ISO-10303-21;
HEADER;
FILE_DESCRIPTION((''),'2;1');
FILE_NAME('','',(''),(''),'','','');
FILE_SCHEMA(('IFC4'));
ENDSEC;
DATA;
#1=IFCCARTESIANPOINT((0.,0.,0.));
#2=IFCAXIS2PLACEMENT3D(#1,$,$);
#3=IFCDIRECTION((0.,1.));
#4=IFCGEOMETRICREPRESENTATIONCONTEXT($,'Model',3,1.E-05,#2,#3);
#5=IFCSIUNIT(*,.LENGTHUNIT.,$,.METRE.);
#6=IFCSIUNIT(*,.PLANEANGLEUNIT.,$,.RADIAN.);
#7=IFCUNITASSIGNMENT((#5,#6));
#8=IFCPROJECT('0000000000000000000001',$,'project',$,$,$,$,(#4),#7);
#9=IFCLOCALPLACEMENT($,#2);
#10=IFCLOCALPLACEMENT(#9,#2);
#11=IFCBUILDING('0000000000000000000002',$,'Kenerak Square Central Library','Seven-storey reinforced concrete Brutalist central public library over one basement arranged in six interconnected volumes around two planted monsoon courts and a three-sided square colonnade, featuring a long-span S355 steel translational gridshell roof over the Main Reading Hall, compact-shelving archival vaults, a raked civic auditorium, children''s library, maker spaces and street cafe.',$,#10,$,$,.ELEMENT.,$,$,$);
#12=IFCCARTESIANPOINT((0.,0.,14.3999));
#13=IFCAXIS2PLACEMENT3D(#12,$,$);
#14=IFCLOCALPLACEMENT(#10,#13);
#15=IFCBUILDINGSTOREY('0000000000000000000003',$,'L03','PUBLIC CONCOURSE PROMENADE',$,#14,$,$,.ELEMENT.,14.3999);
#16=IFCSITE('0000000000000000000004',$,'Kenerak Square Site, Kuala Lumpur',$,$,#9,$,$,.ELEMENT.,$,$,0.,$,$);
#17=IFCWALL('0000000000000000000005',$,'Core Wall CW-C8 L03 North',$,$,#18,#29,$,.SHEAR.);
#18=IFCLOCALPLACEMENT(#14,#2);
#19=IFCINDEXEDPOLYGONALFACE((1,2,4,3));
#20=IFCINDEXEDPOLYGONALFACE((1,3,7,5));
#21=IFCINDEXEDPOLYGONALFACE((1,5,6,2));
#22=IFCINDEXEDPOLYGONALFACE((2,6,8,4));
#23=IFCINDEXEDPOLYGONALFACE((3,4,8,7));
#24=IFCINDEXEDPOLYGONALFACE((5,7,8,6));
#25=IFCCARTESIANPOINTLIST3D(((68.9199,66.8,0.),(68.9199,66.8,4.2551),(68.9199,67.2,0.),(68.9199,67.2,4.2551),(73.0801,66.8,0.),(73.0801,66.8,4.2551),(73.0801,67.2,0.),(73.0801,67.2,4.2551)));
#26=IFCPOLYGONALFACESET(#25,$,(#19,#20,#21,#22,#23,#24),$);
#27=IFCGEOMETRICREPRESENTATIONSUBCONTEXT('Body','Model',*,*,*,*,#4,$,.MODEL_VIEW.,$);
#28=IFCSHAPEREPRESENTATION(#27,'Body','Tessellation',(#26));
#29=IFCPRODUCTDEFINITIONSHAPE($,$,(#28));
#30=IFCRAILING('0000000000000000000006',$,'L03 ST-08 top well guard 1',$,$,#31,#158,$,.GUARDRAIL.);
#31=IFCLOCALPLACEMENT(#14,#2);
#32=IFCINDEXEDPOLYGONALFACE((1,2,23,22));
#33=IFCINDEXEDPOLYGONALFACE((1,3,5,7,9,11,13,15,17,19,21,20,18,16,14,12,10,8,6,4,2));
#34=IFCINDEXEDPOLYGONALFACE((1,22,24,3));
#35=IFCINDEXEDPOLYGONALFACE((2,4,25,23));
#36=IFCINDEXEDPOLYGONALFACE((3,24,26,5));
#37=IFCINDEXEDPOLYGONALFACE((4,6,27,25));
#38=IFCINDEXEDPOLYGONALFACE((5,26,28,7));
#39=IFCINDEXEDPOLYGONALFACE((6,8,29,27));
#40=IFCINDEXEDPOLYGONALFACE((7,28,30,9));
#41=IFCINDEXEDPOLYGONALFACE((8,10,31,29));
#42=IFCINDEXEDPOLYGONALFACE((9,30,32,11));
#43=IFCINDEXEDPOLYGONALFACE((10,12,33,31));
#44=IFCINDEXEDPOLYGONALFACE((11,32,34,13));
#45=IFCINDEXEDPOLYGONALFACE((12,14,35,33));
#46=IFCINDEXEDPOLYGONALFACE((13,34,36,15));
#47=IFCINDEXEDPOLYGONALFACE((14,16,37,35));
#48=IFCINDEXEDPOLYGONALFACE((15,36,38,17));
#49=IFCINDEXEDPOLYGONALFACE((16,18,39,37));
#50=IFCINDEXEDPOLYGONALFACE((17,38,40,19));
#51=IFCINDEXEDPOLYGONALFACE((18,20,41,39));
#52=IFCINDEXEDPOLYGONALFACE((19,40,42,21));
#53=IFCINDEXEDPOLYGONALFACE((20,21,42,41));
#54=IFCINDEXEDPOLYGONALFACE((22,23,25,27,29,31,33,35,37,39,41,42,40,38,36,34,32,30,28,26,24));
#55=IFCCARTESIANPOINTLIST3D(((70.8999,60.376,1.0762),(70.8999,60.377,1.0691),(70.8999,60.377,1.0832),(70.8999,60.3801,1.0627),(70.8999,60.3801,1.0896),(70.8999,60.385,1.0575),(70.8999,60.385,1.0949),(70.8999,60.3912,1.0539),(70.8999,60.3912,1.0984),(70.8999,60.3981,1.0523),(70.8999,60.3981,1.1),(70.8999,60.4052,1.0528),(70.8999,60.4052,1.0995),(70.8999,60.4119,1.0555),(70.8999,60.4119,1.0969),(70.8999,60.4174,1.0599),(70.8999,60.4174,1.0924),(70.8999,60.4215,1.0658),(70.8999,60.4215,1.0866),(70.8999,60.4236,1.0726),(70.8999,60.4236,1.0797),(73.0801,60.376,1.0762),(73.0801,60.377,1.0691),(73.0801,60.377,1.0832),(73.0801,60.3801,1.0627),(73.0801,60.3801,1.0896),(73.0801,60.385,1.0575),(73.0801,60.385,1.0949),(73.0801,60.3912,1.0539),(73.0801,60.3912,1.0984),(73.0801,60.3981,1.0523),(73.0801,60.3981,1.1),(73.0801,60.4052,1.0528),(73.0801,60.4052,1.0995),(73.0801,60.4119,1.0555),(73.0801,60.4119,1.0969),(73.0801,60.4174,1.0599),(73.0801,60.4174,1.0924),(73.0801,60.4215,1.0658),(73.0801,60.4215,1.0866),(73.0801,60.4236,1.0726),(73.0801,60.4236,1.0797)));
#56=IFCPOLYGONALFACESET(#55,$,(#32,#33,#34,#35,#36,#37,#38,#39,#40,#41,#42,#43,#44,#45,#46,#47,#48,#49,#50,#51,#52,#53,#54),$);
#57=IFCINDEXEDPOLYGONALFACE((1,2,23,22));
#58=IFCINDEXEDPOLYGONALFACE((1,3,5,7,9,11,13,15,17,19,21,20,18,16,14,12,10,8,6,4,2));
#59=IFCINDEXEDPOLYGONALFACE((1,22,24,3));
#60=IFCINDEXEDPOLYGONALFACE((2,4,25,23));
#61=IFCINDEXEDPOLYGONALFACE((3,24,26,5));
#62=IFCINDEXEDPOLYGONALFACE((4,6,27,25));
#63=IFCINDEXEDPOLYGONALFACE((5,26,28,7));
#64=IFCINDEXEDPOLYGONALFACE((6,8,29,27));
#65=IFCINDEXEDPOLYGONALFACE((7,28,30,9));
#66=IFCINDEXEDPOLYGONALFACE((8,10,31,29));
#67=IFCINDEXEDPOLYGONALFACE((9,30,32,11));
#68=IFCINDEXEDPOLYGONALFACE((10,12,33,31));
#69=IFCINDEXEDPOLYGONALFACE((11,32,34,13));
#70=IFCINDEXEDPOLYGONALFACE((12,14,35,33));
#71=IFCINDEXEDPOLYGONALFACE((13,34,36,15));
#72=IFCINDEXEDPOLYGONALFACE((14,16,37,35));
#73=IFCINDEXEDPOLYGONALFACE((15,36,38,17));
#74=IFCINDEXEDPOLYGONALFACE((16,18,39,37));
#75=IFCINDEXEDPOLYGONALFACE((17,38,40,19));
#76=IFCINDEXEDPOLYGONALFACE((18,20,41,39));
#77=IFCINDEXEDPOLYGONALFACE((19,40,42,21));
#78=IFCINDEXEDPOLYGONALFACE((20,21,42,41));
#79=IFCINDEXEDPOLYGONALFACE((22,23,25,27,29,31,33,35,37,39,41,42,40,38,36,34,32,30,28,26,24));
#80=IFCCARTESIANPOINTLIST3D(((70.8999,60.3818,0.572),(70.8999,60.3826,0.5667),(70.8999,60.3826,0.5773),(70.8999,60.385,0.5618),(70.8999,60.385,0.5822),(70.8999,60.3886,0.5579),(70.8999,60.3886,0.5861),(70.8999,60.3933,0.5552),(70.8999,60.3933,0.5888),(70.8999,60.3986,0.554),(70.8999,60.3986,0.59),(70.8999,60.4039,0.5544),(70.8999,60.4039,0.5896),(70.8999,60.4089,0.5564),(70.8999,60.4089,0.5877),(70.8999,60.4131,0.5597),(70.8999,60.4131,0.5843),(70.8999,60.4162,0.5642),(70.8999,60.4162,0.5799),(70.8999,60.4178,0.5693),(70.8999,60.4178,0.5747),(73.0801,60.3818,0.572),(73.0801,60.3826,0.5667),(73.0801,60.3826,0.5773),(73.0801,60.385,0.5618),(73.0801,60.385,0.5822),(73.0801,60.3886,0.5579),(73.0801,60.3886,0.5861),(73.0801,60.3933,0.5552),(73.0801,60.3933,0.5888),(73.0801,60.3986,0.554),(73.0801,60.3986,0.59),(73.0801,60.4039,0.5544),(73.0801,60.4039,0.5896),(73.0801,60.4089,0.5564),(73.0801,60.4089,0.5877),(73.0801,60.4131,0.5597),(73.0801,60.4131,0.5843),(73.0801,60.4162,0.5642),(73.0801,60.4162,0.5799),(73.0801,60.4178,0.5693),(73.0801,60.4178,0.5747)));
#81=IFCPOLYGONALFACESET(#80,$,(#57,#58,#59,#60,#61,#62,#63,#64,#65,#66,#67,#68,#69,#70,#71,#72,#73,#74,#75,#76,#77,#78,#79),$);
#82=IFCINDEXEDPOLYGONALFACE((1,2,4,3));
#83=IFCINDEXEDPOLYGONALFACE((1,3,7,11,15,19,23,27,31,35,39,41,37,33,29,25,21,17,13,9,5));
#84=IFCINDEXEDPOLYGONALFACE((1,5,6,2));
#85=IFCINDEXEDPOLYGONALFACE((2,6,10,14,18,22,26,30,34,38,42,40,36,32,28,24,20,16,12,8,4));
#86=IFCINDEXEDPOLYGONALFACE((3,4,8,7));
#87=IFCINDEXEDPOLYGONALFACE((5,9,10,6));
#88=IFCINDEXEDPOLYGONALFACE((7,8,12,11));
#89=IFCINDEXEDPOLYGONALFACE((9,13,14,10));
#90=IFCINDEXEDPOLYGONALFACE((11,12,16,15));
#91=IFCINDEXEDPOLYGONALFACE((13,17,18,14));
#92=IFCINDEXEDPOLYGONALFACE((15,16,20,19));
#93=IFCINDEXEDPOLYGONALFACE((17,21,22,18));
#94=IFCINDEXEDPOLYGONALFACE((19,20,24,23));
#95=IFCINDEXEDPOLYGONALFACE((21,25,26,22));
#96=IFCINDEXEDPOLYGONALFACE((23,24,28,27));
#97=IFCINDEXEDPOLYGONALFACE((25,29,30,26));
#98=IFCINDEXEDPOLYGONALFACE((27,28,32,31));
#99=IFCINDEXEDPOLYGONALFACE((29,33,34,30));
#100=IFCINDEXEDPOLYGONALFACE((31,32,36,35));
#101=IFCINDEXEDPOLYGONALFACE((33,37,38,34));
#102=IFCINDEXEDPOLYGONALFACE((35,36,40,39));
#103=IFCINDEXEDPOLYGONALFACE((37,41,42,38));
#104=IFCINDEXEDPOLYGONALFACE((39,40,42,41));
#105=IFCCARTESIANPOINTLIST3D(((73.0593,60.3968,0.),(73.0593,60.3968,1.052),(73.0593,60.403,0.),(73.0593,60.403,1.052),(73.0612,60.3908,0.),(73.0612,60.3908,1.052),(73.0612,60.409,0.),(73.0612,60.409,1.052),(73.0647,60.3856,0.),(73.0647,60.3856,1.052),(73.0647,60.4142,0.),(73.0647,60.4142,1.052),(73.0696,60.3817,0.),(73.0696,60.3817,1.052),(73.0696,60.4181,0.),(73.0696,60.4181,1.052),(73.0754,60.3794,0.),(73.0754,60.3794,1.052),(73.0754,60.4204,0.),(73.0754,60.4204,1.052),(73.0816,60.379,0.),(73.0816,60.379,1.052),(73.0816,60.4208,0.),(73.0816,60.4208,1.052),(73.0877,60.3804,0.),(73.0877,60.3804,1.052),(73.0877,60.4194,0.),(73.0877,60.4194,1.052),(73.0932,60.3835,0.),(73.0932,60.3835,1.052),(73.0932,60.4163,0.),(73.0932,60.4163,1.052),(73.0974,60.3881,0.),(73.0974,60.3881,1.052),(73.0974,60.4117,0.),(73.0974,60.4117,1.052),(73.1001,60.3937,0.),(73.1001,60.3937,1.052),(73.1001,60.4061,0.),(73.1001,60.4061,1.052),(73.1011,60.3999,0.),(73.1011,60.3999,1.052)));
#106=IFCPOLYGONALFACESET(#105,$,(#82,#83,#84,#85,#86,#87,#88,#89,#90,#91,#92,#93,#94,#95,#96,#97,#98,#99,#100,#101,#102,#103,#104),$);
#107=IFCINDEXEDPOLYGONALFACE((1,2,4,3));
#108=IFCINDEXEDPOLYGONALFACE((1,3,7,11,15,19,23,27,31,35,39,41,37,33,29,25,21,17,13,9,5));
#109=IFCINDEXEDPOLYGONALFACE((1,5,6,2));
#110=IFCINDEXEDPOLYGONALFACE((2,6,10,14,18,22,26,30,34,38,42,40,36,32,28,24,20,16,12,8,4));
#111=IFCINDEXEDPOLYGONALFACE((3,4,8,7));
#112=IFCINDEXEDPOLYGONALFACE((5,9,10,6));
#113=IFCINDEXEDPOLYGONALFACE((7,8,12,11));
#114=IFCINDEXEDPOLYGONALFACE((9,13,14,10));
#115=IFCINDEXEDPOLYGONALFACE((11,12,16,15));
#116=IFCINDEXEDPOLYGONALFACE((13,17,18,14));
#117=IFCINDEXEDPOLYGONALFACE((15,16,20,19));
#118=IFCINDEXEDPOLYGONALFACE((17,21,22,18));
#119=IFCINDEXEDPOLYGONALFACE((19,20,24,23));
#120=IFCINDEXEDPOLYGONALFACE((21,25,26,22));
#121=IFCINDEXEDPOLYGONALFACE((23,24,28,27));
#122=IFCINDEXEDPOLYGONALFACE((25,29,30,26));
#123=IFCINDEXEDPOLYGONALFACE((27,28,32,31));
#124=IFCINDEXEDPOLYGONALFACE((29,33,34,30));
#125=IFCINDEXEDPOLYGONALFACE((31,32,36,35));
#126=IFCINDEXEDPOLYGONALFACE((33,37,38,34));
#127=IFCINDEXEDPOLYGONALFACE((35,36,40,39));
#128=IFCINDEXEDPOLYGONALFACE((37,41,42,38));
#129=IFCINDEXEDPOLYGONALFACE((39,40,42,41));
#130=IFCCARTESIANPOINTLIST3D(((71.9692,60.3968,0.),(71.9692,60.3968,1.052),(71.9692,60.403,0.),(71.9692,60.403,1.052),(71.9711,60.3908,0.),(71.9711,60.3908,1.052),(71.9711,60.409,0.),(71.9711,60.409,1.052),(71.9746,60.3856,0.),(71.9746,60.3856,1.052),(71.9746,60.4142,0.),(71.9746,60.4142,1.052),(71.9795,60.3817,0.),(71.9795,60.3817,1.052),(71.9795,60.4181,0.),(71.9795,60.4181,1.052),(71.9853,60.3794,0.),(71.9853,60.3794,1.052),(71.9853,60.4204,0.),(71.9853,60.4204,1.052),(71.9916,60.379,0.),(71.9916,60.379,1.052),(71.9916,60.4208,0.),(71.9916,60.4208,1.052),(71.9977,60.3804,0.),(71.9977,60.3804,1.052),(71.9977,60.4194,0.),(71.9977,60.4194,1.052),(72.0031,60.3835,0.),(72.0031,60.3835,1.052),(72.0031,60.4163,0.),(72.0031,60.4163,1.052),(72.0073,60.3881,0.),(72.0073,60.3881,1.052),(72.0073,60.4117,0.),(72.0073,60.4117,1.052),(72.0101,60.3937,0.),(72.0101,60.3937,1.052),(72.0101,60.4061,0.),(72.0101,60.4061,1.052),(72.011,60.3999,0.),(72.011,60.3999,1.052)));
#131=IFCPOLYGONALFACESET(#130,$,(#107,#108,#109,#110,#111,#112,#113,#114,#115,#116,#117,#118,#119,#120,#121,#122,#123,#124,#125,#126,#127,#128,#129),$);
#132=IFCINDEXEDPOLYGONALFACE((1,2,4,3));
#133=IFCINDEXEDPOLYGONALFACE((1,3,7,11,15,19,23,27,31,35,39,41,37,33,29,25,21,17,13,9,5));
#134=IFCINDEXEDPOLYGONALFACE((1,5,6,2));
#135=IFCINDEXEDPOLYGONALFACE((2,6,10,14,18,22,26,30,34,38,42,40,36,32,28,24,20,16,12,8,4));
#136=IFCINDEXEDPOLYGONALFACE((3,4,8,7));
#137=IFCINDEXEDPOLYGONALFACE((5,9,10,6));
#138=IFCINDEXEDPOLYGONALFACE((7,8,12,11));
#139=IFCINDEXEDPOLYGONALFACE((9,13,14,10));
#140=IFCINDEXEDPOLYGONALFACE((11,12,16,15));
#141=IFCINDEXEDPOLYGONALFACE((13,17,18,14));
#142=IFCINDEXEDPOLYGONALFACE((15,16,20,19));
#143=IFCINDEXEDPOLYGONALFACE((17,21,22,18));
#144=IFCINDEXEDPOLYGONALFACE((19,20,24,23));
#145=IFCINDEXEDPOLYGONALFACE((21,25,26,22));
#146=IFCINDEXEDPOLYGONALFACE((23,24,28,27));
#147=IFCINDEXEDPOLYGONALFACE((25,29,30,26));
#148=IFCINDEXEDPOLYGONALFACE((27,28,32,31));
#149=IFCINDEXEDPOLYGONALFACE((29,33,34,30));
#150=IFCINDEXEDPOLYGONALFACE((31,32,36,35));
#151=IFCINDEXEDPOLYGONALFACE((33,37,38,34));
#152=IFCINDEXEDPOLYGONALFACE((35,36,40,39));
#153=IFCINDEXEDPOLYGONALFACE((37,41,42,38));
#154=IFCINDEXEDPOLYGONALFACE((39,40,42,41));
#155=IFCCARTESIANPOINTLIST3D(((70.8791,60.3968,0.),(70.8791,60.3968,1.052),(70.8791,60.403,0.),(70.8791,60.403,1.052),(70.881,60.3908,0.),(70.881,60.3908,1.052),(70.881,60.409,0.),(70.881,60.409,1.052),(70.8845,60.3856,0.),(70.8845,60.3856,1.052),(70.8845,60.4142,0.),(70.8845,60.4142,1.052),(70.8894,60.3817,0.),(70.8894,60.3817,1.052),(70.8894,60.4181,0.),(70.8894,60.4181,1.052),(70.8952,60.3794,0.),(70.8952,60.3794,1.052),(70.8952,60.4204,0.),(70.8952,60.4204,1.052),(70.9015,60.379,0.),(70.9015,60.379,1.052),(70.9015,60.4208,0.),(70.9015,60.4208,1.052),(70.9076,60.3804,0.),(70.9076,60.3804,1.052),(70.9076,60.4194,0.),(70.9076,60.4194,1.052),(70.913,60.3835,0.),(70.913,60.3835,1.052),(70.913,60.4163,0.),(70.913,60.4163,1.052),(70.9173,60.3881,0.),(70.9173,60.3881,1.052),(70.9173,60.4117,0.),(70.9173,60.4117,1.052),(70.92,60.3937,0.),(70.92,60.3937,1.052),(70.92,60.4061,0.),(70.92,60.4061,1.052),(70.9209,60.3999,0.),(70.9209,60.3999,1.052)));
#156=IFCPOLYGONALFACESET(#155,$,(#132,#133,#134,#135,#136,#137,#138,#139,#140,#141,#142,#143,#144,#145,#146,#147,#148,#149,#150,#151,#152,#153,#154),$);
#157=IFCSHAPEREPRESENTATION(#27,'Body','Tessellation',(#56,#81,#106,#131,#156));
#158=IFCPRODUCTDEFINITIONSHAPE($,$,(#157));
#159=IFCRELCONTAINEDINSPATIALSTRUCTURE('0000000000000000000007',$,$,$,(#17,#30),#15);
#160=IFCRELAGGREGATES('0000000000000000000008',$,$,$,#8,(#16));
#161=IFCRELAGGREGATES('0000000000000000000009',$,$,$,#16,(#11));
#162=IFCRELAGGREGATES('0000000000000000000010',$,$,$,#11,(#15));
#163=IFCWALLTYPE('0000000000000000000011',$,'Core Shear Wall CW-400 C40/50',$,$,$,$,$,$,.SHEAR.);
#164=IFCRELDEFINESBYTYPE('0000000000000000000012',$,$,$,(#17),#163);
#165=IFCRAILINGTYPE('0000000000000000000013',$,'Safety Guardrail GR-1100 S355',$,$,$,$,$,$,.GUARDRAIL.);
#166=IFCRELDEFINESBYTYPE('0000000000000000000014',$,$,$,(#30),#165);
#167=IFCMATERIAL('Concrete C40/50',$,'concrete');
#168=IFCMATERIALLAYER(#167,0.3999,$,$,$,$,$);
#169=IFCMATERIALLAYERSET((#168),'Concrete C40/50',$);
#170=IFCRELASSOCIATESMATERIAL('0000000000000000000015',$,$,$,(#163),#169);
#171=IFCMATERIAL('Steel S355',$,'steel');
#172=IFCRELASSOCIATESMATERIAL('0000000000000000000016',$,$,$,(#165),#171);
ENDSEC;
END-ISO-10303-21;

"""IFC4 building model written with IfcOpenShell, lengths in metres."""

from ifc_helpers import new_model, si_unit, direction, frame, frame_2d, origin, origin_2d, place, context, subcontext, project, spatial, rectangle, circle, extrude, material, layer, layer_set, type_object, element, save


model = new_model("IFC4")

# Units and contexts
model_context = context("Model", 3, precision=1e-05, world=origin(), true_north=direction((0.0, 1.0)))
body_context = subcontext(model_context, "Body", "Model", "MODEL_VIEW")
ifc_project = project(units=[si_unit("LENGTHUNIT", "METRE"), si_unit("PLANEANGLEUNIT", "RADIAN")], contexts=[model_context])

# Site, building, storey
site_placement = place(None, origin())
site = spatial("IfcSite", under=ifc_project, at=site_placement, Name="Kenerak Square Site, Kuala Lumpur", CompositionType="ELEMENT", RefElevation=0.0)
building_placement = place(site_placement, origin())
building = spatial("IfcBuilding", under=site, at=building_placement, Name="Kenerak Square Central Library", Description="Seven-storey reinforced concrete Brutalist central public library over one basement arranged in six interconnected volumes around two planted monsoon courts and a three-sided square colonnade, featuring a long-span S355 steel translational gridshell roof over the Main Reading Hall, compact-shelving archival vaults, a raked civic auditorium, children's library, maker spaces and street cafe.", CompositionType="ELEMENT")
storey_placement = place(building_placement, frame((0.0, 0.0, 14.3999)))
storey = spatial("IfcBuildingStorey", under=building, at=storey_placement, Name="L03", Description="PUBLIC CONCOURSE PROMENADE", CompositionType="ELEMENT", Elevation=14.3999)

# Shared definitions
ifc_material_1 = material(Name="Concrete C40/50", Category="concrete")

# Shared definitions
ifc_layer_1 = layer(ifc_material_1, 0.3999)
ifc_layer_set_1 = layer_set([ifc_layer_1], Name="Concrete C40/50")
wall_type = type_object("IfcWallType", Name="Core Shear Wall CW-400 C40/50", PredefinedType="SHEAR", material=ifc_layer_set_1)

# Shared definitions
ifc_material_2 = material(Name="Steel S355", Category="steel")

# Wall
wall_1_placement = place(storey_placement, frame((68.9199, 67.0, 0.0), z_axis=(0.0, 0.0, 1.0), x_axis=(1.0, 0.0, 0.0)))
element("IfcWall", 1, at=wall_1_placement, inside=storey, type_object=wall_type, Name="Core Wall CW-C8 L03 North", PredefinedType="SHEAR", context=body_context, shape_type="SweptSolid", body=[
    extrude(rectangle(XDim=4.1602, YDim=0.3999, at=frame_2d((2.0801, 0.0))), origin(), (0.0, 0.0, 1.0), 4.2551),
])

# Railing
railing_type = type_object("IfcRailingType", Name="Safety Guardrail GR-1100 S355", PredefinedType="GUARDRAIL", material=ifc_material_2)
railing_1_placement = place(storey_placement, frame((73.0801, 60.3999, 0.0)))
element("IfcRailing", 2, at=railing_1_placement, inside=storey, type_object=railing_type, Name="L03 ST-08 top well guard 1", PredefinedType="GUARDRAIL", context=body_context, shape_type="SweptSolid", body=[
    extrude(circle(Radius=0.0239, at=origin_2d()), frame((0.0, 0.0, 1.0762), z_axis=(-1.0, 0.0, 0.0), x_axis=(0.0, -1.0, 0.0)), (0.0, 0.0, 1.0), 2.1802),
    extrude(circle(Radius=0.0181, at=origin_2d()), frame((0.0, 0.0, 0.572), z_axis=(-1.0, 0.0, 0.0), x_axis=(0.0, -1.0, 0.0)), (0.0, 0.0, 1.0), 2.1802),
    extrude(circle(Radius=0.021, at=origin_2d()), origin(), (0.0, 0.0, 1.0), 1.052),
    extrude(circle(Radius=0.021, at=origin_2d()), frame((-1.0901, 0.0, 0.0)), (0.0, 0.0, 1.0), 1.052),
    extrude(circle(Radius=0.021, at=origin_2d()), frame((-2.1802, 0.0, 0.0)), (0.0, 0.0, 1.0), 1.052),
])

save(model, "model.ifc")
